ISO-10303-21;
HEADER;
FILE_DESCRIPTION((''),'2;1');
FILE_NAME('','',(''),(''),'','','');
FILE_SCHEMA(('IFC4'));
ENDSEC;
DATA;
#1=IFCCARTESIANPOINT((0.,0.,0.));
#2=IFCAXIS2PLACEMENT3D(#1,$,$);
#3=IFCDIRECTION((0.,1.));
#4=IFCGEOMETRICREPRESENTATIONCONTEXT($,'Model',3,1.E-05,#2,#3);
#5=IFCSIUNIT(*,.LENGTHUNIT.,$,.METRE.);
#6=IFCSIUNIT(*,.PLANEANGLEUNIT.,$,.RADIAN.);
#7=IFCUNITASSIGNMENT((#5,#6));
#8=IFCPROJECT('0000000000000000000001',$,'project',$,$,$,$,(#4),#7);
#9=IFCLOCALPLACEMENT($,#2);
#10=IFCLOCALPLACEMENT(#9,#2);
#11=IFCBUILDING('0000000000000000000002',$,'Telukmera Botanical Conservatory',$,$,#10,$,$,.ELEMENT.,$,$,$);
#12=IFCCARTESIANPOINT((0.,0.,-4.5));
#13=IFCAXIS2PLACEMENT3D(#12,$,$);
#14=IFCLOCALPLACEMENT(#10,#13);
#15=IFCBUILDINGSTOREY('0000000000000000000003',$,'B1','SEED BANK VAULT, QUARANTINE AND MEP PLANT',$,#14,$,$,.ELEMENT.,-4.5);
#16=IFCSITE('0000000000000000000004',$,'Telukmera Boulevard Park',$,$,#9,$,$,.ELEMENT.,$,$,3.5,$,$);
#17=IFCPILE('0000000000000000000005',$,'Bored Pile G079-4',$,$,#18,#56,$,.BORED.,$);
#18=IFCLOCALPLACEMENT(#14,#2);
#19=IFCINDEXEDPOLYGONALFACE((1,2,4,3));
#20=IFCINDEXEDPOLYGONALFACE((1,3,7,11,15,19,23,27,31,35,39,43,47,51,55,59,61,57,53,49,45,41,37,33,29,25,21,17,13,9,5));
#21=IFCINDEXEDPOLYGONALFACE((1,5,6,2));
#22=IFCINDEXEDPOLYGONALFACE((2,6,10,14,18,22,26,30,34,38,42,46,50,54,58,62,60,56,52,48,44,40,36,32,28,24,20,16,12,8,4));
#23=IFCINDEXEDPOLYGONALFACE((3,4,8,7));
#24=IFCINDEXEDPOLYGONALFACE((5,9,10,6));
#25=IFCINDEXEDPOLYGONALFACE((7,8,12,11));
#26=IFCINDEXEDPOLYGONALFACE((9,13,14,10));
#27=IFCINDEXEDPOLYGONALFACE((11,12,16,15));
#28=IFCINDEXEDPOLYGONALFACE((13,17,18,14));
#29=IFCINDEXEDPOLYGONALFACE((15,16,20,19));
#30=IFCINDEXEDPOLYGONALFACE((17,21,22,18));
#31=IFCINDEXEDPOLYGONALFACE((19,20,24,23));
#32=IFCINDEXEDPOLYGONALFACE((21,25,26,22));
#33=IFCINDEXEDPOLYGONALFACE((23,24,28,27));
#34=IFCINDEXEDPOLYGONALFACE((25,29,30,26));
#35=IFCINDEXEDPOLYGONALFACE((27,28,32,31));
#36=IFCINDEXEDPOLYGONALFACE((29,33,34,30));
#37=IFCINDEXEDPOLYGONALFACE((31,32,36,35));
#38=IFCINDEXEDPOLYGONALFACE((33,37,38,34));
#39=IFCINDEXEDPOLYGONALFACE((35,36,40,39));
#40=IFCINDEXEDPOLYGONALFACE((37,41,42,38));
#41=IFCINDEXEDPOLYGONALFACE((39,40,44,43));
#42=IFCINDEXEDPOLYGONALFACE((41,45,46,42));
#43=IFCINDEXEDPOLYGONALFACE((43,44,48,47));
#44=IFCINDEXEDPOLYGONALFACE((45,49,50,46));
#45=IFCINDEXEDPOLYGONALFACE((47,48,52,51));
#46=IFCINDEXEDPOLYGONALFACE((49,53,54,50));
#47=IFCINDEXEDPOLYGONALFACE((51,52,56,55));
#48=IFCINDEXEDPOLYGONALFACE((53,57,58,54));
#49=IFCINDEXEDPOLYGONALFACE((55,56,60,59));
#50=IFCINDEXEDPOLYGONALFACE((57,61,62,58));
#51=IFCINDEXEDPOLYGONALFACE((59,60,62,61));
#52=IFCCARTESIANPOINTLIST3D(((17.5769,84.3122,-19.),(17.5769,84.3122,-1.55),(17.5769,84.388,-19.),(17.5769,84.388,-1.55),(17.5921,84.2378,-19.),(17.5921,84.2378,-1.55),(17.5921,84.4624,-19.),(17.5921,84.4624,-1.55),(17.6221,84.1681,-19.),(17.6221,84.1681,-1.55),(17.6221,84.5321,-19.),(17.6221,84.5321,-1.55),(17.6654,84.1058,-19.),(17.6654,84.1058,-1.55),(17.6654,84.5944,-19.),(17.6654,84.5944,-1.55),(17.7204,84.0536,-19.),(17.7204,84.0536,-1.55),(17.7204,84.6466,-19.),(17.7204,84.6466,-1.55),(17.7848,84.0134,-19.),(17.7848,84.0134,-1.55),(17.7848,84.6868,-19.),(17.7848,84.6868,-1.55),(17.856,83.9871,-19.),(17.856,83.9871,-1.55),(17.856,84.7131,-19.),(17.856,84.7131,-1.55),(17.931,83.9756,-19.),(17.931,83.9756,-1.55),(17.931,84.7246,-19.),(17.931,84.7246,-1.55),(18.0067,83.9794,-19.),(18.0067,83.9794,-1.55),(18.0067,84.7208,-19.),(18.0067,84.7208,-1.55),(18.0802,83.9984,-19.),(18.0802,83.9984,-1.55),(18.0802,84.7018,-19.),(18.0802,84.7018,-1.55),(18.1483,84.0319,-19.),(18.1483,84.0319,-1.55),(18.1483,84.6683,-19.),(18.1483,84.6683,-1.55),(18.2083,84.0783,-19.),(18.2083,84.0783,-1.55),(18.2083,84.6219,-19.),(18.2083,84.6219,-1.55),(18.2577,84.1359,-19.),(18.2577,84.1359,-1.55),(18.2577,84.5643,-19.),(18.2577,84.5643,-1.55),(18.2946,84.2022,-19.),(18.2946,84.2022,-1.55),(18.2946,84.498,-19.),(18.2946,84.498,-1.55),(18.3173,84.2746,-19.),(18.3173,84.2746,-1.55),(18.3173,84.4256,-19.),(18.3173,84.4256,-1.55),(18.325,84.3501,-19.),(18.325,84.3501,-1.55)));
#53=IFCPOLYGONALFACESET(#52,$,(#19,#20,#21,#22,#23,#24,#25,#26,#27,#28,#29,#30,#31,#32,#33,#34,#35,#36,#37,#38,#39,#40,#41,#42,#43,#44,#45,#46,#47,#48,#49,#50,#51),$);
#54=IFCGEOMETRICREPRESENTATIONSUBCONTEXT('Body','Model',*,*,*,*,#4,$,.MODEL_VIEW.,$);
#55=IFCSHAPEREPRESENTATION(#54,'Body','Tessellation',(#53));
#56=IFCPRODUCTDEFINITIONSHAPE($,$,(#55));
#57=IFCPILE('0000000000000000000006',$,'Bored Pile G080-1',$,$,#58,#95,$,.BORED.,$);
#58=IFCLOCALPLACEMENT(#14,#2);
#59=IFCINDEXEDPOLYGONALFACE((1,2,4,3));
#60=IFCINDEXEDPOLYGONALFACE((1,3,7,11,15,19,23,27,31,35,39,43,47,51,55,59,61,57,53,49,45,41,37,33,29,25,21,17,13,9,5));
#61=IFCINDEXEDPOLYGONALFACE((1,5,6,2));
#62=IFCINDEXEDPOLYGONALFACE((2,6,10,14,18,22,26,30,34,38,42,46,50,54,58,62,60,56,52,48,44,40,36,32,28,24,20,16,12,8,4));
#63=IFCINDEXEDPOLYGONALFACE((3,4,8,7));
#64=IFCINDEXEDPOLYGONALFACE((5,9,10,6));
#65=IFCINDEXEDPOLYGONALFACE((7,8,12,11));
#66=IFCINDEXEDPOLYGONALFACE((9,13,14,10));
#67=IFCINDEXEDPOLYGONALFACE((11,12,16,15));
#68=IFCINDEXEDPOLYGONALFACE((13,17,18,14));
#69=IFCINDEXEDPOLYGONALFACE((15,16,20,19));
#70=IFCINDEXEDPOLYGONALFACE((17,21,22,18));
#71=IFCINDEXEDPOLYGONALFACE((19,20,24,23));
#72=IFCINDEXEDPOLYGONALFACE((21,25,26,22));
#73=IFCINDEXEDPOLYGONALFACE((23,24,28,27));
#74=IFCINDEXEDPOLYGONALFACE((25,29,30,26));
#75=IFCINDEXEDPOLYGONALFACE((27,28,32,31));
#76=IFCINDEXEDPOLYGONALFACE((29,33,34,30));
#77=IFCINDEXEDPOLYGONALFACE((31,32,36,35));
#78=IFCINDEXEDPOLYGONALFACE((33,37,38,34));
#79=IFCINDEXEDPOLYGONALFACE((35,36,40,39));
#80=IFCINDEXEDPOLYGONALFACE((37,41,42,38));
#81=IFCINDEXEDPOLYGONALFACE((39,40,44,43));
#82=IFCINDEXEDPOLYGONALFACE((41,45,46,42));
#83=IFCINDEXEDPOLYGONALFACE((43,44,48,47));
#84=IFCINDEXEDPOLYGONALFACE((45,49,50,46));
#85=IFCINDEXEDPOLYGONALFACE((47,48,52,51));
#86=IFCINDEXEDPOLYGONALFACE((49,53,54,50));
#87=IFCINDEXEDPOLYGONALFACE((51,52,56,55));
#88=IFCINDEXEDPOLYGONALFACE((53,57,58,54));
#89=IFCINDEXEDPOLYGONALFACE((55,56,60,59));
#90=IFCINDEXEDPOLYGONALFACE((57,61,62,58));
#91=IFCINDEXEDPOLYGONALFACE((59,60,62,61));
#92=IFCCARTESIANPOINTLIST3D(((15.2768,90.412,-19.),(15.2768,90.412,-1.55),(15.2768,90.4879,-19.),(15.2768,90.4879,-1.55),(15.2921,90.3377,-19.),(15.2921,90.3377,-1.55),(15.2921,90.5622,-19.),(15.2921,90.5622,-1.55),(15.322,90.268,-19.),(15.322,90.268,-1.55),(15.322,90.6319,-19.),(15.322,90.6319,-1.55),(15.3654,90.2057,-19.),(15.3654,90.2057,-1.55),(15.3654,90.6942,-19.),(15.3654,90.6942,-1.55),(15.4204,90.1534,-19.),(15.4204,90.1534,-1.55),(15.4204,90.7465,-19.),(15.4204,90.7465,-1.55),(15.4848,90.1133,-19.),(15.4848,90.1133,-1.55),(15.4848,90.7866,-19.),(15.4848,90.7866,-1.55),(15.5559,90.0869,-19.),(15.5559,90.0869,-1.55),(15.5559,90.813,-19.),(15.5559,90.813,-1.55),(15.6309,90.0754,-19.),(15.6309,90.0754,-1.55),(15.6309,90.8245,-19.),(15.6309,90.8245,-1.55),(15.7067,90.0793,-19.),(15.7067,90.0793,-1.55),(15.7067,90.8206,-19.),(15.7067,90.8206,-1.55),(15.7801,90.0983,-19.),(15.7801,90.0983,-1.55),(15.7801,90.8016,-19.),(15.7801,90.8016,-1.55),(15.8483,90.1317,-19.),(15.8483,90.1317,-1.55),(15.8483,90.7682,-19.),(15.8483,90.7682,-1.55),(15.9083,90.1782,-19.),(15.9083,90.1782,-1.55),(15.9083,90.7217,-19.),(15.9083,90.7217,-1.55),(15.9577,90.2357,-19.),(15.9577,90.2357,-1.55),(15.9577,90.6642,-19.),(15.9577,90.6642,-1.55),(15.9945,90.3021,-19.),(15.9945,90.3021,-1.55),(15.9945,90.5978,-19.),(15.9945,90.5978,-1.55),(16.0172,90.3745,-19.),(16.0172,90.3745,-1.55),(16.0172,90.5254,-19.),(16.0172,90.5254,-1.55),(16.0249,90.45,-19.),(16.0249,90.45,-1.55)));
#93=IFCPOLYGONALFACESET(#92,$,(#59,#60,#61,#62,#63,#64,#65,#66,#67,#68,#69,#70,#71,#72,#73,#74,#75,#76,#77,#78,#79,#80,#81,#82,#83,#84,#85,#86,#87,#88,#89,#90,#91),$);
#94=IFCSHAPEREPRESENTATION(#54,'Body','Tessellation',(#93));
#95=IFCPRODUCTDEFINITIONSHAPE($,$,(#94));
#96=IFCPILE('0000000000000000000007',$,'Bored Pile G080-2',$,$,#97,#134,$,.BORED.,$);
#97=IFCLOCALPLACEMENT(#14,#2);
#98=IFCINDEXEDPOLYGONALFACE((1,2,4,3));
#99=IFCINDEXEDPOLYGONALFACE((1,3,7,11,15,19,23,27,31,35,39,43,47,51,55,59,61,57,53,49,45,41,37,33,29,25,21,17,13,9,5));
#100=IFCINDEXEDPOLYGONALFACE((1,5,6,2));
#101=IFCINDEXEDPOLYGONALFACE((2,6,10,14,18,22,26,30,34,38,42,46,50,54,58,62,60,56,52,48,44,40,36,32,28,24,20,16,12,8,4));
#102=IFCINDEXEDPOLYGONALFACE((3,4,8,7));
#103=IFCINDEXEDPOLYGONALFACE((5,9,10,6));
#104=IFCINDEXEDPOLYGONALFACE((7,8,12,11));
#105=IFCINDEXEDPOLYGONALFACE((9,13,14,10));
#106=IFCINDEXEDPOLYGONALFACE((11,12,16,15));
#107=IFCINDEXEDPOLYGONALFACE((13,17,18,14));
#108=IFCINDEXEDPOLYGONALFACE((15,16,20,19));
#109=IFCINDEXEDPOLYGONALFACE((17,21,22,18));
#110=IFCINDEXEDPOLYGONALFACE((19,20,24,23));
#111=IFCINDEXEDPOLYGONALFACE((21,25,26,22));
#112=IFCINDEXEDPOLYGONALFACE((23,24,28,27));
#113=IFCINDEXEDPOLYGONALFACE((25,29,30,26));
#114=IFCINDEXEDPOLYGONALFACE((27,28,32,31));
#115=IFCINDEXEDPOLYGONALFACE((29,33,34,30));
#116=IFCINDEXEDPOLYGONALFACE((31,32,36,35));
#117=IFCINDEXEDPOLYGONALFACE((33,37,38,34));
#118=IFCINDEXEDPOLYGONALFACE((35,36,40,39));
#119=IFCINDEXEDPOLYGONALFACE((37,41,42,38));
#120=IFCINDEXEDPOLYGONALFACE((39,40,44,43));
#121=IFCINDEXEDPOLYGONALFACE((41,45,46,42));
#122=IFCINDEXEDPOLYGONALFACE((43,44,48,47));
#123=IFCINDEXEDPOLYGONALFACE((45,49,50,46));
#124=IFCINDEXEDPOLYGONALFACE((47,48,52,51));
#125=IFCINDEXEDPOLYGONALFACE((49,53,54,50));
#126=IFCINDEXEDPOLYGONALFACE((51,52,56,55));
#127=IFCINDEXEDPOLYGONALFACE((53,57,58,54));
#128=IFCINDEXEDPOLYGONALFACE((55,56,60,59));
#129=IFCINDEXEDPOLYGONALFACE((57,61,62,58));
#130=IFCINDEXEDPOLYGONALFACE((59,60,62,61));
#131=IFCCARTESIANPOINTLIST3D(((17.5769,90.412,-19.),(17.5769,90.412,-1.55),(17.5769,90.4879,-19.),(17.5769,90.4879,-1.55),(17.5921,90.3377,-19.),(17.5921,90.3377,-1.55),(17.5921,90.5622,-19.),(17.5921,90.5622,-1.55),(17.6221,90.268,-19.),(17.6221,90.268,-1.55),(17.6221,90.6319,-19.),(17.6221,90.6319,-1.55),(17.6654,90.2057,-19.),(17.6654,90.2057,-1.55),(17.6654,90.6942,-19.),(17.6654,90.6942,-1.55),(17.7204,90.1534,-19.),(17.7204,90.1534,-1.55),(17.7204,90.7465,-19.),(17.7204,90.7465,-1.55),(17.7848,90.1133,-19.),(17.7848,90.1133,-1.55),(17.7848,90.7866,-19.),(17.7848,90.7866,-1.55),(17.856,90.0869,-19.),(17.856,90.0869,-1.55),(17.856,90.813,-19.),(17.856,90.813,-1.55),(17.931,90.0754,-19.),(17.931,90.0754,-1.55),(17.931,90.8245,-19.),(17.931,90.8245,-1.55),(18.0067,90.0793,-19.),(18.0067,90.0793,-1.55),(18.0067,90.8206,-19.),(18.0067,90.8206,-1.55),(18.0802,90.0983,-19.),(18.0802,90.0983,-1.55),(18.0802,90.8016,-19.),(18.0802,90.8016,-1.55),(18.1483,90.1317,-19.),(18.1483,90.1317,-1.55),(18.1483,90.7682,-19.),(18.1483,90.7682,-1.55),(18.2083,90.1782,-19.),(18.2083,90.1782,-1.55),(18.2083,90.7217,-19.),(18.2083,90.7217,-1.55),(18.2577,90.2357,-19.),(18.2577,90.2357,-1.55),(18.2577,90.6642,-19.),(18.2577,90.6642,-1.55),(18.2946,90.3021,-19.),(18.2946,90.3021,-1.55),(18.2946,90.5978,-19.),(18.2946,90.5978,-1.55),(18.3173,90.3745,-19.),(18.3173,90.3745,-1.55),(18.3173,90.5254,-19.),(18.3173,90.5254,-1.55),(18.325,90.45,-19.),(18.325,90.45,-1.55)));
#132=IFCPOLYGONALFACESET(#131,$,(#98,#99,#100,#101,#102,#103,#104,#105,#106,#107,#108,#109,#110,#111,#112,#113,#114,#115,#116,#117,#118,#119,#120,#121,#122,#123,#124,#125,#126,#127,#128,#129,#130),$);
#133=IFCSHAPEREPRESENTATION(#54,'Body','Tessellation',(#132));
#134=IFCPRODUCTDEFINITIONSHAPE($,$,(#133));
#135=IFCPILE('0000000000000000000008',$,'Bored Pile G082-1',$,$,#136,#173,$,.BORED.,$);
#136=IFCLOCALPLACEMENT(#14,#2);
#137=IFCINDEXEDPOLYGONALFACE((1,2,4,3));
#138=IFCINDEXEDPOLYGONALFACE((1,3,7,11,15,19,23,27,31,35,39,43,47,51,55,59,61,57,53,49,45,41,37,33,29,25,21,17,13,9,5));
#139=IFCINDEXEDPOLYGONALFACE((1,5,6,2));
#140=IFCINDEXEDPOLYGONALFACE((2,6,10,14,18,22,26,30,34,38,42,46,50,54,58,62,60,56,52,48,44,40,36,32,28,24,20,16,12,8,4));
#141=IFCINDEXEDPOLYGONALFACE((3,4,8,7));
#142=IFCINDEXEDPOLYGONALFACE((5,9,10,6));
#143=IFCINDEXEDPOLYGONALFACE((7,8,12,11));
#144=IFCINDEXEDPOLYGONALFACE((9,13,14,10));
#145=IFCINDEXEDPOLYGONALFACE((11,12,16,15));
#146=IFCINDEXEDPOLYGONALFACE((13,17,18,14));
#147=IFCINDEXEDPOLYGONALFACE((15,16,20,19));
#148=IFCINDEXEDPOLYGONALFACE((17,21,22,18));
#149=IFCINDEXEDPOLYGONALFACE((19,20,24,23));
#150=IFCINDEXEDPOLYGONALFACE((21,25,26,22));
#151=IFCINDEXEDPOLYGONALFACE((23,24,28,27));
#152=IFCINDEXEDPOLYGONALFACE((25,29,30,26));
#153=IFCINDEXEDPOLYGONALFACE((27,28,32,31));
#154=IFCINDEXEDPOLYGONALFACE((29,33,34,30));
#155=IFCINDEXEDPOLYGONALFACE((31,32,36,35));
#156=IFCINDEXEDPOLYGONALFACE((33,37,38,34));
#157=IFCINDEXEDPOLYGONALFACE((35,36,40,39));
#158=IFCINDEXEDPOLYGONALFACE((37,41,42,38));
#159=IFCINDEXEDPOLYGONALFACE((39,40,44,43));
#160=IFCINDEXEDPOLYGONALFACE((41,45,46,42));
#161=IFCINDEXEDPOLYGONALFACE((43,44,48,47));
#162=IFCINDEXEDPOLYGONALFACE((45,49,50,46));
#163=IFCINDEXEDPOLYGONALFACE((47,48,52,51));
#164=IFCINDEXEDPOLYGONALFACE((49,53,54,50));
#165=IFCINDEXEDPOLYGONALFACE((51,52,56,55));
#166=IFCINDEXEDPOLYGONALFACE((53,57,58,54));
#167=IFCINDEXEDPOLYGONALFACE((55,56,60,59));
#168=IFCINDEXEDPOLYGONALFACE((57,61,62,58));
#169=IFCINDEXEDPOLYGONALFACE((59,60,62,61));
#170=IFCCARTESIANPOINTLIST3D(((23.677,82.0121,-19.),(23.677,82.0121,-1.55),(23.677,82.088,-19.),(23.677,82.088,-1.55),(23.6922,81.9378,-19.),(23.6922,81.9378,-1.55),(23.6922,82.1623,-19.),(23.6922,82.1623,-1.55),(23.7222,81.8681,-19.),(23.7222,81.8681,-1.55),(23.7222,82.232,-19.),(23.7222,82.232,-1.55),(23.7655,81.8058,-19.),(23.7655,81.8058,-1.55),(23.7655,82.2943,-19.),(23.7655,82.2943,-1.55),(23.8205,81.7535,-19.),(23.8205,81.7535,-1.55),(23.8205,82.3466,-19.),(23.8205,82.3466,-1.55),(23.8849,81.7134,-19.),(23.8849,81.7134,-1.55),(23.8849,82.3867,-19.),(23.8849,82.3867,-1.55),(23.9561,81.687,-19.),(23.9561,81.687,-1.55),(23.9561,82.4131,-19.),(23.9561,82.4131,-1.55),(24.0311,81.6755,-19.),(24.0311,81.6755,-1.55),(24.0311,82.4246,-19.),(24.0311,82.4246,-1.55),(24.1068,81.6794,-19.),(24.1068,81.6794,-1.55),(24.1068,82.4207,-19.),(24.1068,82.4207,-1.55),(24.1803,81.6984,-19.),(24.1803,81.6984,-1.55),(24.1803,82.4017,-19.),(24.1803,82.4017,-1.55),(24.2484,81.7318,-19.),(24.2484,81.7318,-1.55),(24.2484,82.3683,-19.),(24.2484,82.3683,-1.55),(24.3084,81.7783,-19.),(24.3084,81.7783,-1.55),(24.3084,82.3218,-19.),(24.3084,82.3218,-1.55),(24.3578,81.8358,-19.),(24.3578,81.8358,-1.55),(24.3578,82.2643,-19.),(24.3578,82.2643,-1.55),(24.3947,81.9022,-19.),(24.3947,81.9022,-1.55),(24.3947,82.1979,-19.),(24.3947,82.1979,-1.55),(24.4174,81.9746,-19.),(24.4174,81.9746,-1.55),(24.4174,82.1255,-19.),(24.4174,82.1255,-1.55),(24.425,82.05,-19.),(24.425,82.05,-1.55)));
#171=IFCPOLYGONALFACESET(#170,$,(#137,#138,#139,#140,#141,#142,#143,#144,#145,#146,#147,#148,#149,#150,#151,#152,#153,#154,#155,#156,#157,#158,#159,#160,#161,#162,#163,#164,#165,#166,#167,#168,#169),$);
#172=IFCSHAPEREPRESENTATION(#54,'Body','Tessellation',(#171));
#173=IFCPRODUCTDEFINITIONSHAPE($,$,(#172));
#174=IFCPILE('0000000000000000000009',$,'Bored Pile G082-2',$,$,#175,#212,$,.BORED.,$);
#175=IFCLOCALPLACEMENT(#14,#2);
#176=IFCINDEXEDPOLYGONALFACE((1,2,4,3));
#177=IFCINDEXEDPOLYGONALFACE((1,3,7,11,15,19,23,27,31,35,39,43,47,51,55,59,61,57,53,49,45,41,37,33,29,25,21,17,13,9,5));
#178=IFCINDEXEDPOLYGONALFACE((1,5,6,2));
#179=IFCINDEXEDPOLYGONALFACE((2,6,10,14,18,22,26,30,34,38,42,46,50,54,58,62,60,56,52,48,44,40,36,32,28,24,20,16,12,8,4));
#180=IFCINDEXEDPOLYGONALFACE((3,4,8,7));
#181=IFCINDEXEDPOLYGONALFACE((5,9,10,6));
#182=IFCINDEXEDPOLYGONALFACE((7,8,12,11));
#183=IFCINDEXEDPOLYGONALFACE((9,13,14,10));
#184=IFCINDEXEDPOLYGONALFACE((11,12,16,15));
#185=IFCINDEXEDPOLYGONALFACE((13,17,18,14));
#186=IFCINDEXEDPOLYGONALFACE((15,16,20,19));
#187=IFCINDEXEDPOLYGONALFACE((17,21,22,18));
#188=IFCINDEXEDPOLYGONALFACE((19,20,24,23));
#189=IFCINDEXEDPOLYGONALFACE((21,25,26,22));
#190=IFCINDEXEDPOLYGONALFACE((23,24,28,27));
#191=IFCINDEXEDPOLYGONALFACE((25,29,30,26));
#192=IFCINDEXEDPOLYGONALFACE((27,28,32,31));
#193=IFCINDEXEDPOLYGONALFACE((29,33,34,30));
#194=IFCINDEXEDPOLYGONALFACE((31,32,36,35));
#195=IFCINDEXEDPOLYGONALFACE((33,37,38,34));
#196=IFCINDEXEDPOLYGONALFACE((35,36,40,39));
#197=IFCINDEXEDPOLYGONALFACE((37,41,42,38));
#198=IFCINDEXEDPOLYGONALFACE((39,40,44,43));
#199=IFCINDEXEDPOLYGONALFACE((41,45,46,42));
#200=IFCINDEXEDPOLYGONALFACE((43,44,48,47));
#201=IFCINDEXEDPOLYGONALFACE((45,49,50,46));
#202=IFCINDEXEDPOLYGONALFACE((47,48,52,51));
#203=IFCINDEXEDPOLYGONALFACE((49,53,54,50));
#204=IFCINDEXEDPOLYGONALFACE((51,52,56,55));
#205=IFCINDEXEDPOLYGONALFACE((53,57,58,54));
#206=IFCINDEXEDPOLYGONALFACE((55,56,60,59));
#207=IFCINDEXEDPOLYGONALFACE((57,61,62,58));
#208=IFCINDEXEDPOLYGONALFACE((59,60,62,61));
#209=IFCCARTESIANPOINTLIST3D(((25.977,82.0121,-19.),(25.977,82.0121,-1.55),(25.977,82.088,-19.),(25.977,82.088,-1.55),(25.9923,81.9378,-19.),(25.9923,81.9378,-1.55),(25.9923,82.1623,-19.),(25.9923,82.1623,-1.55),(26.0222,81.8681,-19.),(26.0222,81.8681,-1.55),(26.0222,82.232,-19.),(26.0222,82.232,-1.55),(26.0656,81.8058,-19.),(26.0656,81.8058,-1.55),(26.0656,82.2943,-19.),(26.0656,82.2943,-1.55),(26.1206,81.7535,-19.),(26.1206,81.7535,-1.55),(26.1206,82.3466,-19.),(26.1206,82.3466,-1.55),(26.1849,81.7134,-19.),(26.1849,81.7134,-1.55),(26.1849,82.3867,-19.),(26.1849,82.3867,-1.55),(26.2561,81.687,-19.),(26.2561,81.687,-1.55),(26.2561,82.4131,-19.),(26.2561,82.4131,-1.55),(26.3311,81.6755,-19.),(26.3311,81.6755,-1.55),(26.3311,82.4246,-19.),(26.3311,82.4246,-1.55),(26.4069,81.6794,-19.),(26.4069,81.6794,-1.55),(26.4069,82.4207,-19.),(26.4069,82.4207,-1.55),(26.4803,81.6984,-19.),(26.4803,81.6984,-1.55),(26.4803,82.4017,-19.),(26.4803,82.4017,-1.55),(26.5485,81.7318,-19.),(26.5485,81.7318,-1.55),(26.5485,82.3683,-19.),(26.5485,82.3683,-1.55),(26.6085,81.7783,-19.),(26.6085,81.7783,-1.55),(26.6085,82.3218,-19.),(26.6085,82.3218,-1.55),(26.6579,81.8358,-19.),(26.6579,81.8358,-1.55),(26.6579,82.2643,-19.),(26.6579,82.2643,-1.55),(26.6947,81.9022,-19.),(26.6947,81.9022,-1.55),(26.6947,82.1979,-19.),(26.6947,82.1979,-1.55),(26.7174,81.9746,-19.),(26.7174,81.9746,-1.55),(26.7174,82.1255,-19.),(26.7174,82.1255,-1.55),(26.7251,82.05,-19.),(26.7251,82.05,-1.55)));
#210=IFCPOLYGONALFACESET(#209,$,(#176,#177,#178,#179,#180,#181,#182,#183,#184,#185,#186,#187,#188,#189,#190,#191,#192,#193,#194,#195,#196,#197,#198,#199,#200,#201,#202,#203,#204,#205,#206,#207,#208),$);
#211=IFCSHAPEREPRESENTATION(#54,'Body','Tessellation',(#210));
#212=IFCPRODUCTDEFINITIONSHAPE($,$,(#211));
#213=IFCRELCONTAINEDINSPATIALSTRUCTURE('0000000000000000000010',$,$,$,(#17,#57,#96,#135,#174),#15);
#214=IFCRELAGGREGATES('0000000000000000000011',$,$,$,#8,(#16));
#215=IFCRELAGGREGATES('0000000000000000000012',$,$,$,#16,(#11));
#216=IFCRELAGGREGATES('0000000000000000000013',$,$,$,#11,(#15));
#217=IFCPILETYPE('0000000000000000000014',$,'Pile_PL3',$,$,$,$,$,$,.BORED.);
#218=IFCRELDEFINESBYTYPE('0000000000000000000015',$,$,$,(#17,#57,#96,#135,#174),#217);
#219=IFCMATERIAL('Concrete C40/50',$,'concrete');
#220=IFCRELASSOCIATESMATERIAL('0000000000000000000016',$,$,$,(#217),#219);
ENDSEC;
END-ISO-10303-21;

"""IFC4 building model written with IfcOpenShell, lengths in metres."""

from ifc_helpers import new_model, si_unit, direction, frame, origin, origin_2d, place, context, subcontext, project, spatial, circle, extrude, material, material_profile, profile_set, type_object, element, save


model = new_model("IFC4")

# Units and contexts
model_context = context("Model", 3, precision=1e-05, world=origin(), true_north=direction((0.0, 1.0)))
body_context = subcontext(model_context, "Body", "Model", "MODEL_VIEW")
ifc_project = project(units=[si_unit("LENGTHUNIT", "METRE"), si_unit("PLANEANGLEUNIT", "RADIAN")], contexts=[model_context])

# Site, building, storey
site_placement = place(None, origin())
site = spatial("IfcSite", under=ifc_project, at=site_placement, Name="Telukmera Boulevard Park", CompositionType="ELEMENT", RefElevation=3.5)
building_placement = place(site_placement, origin())
building = spatial("IfcBuilding", under=site, at=building_placement, Name="Telukmera Botanical Conservatory", CompositionType="ELEMENT")
storey_placement = place(building_placement, frame((0.0, 0.0, -4.5)))
storey = spatial("IfcBuildingStorey", under=building, at=storey_placement, Name="B1", Description="SEED BANK VAULT, QUARANTINE AND MEP PLANT", CompositionType="ELEMENT", Elevation=-4.5)

# Shared definitions
ifc_material_1 = material(Name="Concrete C40/50", Category="concrete")

# Piles
ifc_material_profile_1 = material_profile(ifc_material_1, circle(Radius=0.375, at=origin_2d()), Name="PILE D750")
ifc_profile_set_1 = profile_set([ifc_material_profile_1], Name="Concrete C40/50")
pile_type = type_object("IfcPileType", Name="Pile_PL3", PredefinedType="BORED", material=ifc_profile_set_1)
for number, where, z_axis, x_axis, name in (
    (1, (17.95, 84.3501, -1.55), (0.0, 0.0, -1.0), (1.0, 0.0, 0.0), "Bored Pile G079-4"),
    (2, (15.6499, 90.45, -1.55), (0.0, 0.0, -1.0), (1.0, 0.0, 0.0), "Bored Pile G080-1"),
    (3, (17.95, 90.45, -1.55), (0.0, 0.0, -1.0), (1.0, 0.0, 0.0), "Bored Pile G080-2"),
    (4, (24.05, 82.05, -1.55), (0.0, 0.0, -1.0), (1.0, 0.0, 0.0), "Bored Pile G082-1"),
    (5, (26.3501, 82.05, -1.55), (0.0, 0.0, -1.0), (1.0, 0.0, 0.0), "Bored Pile G082-2"),
):
    element("IfcPile", number, at=place(storey_placement, frame(where, z_axis=z_axis, x_axis=x_axis)), inside=storey, type_object=pile_type, Name=name, PredefinedType="BORED", context=body_context, shape_type="SweptSolid", body=[
        extrude(circle(Radius=0.375, at=origin_2d()), origin(), (0.0, 0.0, 1.0), 17.45),
    ])

save(model, "model.ifc")
